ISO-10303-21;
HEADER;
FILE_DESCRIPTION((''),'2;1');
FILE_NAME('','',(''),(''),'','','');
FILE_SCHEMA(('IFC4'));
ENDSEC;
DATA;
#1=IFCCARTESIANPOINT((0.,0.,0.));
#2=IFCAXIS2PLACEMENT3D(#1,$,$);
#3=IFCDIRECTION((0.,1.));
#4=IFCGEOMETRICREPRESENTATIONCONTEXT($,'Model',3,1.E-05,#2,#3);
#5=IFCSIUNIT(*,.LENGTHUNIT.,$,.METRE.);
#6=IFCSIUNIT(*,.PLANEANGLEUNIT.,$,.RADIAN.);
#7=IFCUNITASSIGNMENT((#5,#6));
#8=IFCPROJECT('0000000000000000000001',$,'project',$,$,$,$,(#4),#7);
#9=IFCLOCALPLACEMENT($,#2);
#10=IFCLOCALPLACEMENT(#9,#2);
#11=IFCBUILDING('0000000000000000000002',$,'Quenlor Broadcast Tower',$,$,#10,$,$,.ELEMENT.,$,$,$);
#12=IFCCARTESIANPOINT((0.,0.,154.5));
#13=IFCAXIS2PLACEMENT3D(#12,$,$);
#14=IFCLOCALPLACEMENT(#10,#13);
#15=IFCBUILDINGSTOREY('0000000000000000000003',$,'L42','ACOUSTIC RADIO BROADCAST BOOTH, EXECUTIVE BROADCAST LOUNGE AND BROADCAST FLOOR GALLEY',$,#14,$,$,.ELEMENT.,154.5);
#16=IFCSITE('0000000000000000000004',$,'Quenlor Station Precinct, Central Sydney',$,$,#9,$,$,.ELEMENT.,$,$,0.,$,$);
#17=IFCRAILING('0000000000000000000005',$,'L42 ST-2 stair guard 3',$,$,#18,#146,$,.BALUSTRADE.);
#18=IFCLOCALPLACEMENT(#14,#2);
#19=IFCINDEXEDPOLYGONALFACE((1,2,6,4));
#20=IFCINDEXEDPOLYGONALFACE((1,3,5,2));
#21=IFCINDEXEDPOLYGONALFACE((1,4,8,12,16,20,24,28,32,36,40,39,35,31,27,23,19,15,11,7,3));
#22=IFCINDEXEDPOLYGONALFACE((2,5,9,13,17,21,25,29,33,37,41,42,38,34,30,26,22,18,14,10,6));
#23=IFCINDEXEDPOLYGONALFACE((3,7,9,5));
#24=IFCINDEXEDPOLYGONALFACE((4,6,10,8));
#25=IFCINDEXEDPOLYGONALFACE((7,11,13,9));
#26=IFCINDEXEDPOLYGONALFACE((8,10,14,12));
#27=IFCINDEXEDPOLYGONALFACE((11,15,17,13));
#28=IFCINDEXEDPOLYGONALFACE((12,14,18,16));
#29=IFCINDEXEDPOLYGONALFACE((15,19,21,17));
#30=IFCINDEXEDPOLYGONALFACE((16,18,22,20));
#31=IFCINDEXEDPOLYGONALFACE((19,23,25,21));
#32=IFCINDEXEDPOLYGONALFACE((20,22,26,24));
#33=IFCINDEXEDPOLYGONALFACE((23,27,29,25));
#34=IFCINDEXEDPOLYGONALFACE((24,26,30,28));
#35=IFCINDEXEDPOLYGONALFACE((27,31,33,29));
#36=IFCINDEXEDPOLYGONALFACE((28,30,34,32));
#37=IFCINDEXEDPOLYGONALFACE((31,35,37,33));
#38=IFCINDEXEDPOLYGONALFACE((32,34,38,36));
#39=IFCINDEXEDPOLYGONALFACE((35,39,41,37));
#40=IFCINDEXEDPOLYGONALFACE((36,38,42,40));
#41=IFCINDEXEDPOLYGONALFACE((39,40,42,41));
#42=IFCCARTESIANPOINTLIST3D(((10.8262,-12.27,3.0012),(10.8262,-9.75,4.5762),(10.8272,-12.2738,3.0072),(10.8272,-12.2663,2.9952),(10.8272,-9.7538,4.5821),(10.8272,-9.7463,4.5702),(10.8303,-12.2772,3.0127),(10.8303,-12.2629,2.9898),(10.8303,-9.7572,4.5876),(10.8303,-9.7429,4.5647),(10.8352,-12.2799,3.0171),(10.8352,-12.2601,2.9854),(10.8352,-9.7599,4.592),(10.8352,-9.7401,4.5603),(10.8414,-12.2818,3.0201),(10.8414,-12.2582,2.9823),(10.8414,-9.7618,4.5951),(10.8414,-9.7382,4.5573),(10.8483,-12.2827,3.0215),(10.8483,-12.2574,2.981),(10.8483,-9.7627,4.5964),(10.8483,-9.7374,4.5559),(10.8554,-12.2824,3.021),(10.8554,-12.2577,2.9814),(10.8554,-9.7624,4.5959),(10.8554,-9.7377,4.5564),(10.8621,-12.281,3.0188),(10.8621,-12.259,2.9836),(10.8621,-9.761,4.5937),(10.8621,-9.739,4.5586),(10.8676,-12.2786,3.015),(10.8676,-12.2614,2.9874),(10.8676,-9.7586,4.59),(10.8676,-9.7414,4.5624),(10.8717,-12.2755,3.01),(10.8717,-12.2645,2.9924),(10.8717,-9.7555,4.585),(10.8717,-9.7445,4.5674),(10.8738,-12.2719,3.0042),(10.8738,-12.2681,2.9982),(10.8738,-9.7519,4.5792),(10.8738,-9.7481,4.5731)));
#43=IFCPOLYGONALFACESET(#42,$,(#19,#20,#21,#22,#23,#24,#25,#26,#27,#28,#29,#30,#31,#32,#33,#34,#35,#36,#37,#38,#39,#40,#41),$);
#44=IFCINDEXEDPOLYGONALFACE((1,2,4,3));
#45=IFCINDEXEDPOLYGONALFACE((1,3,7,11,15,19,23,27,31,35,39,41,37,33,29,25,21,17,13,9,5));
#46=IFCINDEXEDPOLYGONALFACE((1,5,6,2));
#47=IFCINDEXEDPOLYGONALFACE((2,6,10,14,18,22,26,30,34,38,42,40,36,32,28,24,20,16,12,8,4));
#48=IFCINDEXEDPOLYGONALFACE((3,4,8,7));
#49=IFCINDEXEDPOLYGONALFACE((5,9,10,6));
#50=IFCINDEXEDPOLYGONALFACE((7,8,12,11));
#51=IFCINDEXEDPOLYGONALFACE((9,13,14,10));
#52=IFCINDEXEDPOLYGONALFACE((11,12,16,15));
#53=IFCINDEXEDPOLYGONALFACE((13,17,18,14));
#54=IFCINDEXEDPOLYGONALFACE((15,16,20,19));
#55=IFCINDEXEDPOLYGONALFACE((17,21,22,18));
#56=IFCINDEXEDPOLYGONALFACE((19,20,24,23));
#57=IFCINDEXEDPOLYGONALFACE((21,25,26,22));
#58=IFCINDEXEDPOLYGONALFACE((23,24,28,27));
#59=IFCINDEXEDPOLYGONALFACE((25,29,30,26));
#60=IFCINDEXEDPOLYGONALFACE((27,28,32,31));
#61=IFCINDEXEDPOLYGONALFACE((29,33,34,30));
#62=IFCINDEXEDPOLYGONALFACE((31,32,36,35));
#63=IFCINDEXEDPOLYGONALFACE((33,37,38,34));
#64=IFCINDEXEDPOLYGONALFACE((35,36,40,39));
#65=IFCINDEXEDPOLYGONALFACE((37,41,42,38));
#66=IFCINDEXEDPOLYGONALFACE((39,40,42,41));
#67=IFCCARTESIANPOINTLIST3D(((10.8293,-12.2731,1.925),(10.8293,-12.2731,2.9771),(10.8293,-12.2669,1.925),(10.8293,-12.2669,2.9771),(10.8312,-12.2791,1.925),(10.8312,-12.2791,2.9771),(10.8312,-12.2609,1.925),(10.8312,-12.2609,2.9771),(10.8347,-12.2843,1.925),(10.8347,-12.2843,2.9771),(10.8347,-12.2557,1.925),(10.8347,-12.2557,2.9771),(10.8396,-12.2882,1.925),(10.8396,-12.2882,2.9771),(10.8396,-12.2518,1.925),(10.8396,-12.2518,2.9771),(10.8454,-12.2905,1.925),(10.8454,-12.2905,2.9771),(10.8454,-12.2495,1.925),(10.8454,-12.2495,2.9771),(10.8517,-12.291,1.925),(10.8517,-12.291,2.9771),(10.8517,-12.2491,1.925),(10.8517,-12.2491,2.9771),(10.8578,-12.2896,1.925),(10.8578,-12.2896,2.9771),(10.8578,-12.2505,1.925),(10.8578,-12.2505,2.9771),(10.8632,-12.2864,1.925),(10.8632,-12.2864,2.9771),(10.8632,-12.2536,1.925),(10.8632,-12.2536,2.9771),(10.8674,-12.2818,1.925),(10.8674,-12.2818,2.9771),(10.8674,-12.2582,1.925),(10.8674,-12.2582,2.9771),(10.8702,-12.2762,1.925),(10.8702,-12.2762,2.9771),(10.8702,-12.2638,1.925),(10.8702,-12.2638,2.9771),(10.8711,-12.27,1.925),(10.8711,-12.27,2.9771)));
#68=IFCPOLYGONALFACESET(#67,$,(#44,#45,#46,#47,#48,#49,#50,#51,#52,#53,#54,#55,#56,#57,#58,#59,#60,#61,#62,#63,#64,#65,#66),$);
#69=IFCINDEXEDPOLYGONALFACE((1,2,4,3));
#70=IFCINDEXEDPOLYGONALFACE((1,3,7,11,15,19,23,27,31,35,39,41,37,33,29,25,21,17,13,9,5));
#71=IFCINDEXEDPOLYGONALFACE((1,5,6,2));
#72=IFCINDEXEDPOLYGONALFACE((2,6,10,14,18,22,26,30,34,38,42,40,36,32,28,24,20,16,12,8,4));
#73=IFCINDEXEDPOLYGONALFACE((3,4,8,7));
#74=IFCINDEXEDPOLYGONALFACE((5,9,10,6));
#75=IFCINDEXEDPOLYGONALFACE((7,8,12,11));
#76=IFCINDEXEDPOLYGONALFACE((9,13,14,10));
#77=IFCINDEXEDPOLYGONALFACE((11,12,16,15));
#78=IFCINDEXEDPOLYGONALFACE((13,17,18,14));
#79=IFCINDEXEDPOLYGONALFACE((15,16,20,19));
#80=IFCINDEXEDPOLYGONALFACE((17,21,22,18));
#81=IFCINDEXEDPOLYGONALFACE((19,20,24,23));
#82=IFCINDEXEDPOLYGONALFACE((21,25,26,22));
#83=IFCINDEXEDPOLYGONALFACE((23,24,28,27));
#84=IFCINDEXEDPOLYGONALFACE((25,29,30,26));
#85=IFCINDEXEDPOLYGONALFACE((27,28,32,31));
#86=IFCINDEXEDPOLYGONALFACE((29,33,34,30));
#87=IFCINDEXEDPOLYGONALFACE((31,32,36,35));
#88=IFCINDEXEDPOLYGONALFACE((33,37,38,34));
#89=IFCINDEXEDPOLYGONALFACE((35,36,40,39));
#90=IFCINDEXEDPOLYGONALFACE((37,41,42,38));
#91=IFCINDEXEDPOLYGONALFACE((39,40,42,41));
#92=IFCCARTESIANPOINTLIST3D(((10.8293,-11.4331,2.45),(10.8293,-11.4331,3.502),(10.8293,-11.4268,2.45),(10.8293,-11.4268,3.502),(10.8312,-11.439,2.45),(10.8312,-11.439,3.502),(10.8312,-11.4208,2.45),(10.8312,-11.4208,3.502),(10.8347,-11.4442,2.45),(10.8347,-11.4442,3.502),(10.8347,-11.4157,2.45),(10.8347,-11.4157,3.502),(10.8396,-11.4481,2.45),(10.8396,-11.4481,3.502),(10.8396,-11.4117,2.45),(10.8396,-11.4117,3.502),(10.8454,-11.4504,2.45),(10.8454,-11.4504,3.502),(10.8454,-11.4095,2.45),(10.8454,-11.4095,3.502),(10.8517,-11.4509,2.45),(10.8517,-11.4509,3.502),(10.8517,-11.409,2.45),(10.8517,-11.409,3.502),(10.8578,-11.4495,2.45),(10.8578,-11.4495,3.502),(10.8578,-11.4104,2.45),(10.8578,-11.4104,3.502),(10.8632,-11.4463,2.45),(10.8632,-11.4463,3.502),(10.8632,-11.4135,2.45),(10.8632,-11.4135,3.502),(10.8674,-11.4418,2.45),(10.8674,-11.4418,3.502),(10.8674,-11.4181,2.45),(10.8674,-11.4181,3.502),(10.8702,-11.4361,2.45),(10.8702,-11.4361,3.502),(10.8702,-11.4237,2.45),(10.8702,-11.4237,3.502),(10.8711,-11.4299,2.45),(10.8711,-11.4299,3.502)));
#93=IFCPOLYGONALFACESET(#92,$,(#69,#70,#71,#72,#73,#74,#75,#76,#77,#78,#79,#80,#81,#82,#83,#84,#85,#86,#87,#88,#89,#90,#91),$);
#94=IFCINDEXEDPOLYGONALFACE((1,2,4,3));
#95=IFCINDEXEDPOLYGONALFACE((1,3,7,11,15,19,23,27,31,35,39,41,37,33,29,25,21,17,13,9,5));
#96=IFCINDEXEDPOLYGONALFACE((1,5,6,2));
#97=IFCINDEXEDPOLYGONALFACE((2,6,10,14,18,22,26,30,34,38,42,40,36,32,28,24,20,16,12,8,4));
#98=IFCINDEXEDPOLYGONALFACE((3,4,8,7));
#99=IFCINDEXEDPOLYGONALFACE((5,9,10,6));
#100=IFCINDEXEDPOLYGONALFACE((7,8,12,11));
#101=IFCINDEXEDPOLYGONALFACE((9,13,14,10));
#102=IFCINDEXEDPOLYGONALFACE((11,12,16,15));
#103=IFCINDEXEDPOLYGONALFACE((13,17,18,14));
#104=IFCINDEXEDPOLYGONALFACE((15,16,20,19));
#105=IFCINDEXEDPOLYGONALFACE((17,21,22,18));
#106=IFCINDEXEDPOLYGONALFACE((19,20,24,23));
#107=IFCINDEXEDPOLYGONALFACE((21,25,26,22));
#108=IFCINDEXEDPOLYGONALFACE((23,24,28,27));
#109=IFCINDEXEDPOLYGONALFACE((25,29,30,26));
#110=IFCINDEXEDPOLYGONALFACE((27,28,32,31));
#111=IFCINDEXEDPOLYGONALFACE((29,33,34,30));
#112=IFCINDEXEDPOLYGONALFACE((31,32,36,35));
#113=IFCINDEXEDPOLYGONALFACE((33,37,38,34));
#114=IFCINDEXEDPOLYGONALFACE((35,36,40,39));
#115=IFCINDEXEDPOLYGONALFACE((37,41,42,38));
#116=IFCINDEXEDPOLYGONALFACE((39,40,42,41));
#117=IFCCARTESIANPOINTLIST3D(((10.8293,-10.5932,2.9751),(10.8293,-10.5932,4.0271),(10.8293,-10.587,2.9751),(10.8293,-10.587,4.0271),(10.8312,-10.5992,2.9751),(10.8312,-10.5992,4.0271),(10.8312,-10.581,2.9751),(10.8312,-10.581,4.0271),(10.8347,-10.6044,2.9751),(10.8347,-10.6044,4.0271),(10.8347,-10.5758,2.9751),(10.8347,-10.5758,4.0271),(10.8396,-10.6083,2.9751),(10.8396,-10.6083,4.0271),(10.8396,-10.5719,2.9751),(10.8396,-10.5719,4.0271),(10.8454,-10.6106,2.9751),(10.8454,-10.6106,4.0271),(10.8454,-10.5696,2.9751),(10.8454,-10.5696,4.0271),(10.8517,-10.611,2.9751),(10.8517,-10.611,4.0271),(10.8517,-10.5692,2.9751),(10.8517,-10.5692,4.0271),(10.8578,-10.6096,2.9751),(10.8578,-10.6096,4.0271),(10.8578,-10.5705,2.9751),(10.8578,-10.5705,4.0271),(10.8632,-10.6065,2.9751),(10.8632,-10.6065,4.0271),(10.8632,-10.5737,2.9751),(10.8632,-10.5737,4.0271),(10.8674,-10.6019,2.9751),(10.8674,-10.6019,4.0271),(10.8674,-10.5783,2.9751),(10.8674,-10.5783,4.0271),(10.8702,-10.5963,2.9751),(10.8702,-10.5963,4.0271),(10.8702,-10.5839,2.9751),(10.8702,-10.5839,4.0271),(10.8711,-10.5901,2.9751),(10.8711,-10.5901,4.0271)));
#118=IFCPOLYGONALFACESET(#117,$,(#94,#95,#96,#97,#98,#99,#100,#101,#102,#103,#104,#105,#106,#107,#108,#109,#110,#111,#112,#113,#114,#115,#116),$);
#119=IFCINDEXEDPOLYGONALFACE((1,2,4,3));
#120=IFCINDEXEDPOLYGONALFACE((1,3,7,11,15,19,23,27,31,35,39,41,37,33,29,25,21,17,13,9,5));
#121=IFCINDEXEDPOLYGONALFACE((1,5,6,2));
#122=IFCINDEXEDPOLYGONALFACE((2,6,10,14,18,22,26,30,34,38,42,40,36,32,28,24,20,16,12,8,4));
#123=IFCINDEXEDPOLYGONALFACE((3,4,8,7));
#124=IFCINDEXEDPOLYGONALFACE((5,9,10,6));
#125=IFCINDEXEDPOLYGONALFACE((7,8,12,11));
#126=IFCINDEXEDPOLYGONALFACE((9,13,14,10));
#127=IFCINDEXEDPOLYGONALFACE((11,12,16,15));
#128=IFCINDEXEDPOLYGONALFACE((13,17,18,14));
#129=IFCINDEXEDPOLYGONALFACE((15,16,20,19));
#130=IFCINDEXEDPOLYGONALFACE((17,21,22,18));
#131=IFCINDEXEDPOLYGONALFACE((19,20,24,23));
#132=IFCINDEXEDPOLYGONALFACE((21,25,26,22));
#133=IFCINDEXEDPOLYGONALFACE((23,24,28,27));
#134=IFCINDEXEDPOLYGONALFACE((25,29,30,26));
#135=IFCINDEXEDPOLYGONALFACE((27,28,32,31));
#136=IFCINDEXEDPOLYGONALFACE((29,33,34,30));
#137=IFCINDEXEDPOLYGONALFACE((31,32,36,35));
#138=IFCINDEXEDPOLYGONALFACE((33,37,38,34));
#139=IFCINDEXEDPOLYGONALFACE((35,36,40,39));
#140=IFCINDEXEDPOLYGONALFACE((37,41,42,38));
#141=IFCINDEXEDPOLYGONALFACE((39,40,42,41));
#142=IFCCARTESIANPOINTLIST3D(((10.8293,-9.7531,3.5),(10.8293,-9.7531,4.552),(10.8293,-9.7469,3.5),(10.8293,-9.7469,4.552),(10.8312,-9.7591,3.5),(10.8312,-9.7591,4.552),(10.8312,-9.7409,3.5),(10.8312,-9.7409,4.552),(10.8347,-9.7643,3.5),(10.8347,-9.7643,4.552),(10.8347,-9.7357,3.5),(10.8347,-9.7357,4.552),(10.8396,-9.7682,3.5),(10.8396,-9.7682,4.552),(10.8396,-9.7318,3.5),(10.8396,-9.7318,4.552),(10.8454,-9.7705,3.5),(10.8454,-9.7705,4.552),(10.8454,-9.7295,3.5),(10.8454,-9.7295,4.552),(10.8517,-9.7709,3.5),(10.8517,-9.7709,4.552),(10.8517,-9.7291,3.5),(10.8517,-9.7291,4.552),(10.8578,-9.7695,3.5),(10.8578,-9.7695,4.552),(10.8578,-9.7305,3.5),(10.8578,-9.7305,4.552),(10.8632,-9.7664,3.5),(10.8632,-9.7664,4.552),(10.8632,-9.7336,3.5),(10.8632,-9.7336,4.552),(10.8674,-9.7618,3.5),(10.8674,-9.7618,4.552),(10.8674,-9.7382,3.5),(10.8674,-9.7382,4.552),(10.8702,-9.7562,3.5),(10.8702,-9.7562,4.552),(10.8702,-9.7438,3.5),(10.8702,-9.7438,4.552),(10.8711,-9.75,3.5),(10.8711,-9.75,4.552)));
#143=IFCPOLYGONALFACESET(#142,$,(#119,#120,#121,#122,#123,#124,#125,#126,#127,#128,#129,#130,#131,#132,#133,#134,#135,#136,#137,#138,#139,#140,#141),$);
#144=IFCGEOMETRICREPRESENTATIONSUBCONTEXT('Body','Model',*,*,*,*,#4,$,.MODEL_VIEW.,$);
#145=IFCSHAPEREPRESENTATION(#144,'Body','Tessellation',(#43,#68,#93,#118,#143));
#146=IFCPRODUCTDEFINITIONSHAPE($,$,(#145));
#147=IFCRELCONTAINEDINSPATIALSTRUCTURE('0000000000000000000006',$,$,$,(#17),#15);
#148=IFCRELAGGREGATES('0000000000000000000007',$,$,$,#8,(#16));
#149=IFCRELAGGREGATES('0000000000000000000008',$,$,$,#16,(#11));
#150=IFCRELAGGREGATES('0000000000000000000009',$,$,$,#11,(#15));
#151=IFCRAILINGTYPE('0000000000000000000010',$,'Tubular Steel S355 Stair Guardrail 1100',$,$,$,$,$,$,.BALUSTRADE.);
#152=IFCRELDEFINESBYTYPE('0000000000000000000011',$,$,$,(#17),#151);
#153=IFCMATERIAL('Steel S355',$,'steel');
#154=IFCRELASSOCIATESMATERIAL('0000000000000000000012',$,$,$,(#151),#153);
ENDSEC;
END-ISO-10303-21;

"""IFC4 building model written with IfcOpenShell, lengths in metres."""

from ifc_helpers import new_model, si_unit, direction, frame, origin, origin_2d, place, context, subcontext, project, spatial, circle, extrude, material, type_object, element, save


model = new_model("IFC4")

# Units and contexts
model_context = context("Model", 3, precision=1e-05, world=origin(), true_north=direction((0.0, 1.0)))
body_context = subcontext(model_context, "Body", "Model", "MODEL_VIEW")
ifc_project = project(units=[si_unit("LENGTHUNIT", "METRE"), si_unit("PLANEANGLEUNIT", "RADIAN")], contexts=[model_context])

# Site, building, storey
site_placement = place(None, origin())
site = spatial("IfcSite", under=ifc_project, at=site_placement, Name="Quenlor Station Precinct, Central Sydney", CompositionType="ELEMENT", RefElevation=0.0)
building_placement = place(site_placement, origin())
building = spatial("IfcBuilding", under=site, at=building_placement, Name="Quenlor Broadcast Tower", CompositionType="ELEMENT")
storey_placement = place(building_placement, frame((0.0, 0.0, 154.5)))
storey = spatial("IfcBuildingStorey", under=building, at=storey_placement, Name="L42", Description="ACOUSTIC RADIO BROADCAST BOOTH, EXECUTIVE BROADCAST LOUNGE AND BROADCAST FLOOR GALLEY", CompositionType="ELEMENT", Elevation=154.5)

# Railing
ifc_material_1 = material(Name="Steel S355", Category="steel")
railing_type_1 = type_object("IfcRailingType", Name="Tubular Steel S355 Stair Guardrail 1100", PredefinedType="BALUSTRADE", material=ifc_material_1)
railing_1_placement = place(storey_placement, frame((10.8501, -12.27, 1.925)))
element("IfcRailing", 1, at=railing_1_placement, inside=storey, type_object=railing_type_1, Name="L42 ST-2 stair guard 3", PredefinedType="BALUSTRADE", context=body_context, shape_type="SweptSolid", body=[
    extrude(circle(Radius=0.0239, at=origin_2d()), frame((0.0, 0.0, 1.0762), z_axis=(0.0, 0.848008, 0.529984), x_axis=(-1.0, 0.0, 0.0)), (0.0, 0.0, 1.0), 2.9717),
    extrude(circle(Radius=0.021, at=origin_2d()), origin(), (0.0, 0.0, 1.0), 1.052),
    extrude(circle(Radius=0.021, at=origin_2d()), frame((0.0, 0.8401, 0.5249)), (0.0, 0.0, 1.0), 1.052),
    extrude(circle(Radius=0.021, at=origin_2d()), frame((0.0, 1.6799, 1.05)), (0.0, 0.0, 1.0), 1.052),
    extrude(circle(Radius=0.021, at=origin_2d()), frame((0.0, 2.52, 1.575)), (0.0, 0.0, 1.0), 1.052),
])

save(model, "model.ifc")
